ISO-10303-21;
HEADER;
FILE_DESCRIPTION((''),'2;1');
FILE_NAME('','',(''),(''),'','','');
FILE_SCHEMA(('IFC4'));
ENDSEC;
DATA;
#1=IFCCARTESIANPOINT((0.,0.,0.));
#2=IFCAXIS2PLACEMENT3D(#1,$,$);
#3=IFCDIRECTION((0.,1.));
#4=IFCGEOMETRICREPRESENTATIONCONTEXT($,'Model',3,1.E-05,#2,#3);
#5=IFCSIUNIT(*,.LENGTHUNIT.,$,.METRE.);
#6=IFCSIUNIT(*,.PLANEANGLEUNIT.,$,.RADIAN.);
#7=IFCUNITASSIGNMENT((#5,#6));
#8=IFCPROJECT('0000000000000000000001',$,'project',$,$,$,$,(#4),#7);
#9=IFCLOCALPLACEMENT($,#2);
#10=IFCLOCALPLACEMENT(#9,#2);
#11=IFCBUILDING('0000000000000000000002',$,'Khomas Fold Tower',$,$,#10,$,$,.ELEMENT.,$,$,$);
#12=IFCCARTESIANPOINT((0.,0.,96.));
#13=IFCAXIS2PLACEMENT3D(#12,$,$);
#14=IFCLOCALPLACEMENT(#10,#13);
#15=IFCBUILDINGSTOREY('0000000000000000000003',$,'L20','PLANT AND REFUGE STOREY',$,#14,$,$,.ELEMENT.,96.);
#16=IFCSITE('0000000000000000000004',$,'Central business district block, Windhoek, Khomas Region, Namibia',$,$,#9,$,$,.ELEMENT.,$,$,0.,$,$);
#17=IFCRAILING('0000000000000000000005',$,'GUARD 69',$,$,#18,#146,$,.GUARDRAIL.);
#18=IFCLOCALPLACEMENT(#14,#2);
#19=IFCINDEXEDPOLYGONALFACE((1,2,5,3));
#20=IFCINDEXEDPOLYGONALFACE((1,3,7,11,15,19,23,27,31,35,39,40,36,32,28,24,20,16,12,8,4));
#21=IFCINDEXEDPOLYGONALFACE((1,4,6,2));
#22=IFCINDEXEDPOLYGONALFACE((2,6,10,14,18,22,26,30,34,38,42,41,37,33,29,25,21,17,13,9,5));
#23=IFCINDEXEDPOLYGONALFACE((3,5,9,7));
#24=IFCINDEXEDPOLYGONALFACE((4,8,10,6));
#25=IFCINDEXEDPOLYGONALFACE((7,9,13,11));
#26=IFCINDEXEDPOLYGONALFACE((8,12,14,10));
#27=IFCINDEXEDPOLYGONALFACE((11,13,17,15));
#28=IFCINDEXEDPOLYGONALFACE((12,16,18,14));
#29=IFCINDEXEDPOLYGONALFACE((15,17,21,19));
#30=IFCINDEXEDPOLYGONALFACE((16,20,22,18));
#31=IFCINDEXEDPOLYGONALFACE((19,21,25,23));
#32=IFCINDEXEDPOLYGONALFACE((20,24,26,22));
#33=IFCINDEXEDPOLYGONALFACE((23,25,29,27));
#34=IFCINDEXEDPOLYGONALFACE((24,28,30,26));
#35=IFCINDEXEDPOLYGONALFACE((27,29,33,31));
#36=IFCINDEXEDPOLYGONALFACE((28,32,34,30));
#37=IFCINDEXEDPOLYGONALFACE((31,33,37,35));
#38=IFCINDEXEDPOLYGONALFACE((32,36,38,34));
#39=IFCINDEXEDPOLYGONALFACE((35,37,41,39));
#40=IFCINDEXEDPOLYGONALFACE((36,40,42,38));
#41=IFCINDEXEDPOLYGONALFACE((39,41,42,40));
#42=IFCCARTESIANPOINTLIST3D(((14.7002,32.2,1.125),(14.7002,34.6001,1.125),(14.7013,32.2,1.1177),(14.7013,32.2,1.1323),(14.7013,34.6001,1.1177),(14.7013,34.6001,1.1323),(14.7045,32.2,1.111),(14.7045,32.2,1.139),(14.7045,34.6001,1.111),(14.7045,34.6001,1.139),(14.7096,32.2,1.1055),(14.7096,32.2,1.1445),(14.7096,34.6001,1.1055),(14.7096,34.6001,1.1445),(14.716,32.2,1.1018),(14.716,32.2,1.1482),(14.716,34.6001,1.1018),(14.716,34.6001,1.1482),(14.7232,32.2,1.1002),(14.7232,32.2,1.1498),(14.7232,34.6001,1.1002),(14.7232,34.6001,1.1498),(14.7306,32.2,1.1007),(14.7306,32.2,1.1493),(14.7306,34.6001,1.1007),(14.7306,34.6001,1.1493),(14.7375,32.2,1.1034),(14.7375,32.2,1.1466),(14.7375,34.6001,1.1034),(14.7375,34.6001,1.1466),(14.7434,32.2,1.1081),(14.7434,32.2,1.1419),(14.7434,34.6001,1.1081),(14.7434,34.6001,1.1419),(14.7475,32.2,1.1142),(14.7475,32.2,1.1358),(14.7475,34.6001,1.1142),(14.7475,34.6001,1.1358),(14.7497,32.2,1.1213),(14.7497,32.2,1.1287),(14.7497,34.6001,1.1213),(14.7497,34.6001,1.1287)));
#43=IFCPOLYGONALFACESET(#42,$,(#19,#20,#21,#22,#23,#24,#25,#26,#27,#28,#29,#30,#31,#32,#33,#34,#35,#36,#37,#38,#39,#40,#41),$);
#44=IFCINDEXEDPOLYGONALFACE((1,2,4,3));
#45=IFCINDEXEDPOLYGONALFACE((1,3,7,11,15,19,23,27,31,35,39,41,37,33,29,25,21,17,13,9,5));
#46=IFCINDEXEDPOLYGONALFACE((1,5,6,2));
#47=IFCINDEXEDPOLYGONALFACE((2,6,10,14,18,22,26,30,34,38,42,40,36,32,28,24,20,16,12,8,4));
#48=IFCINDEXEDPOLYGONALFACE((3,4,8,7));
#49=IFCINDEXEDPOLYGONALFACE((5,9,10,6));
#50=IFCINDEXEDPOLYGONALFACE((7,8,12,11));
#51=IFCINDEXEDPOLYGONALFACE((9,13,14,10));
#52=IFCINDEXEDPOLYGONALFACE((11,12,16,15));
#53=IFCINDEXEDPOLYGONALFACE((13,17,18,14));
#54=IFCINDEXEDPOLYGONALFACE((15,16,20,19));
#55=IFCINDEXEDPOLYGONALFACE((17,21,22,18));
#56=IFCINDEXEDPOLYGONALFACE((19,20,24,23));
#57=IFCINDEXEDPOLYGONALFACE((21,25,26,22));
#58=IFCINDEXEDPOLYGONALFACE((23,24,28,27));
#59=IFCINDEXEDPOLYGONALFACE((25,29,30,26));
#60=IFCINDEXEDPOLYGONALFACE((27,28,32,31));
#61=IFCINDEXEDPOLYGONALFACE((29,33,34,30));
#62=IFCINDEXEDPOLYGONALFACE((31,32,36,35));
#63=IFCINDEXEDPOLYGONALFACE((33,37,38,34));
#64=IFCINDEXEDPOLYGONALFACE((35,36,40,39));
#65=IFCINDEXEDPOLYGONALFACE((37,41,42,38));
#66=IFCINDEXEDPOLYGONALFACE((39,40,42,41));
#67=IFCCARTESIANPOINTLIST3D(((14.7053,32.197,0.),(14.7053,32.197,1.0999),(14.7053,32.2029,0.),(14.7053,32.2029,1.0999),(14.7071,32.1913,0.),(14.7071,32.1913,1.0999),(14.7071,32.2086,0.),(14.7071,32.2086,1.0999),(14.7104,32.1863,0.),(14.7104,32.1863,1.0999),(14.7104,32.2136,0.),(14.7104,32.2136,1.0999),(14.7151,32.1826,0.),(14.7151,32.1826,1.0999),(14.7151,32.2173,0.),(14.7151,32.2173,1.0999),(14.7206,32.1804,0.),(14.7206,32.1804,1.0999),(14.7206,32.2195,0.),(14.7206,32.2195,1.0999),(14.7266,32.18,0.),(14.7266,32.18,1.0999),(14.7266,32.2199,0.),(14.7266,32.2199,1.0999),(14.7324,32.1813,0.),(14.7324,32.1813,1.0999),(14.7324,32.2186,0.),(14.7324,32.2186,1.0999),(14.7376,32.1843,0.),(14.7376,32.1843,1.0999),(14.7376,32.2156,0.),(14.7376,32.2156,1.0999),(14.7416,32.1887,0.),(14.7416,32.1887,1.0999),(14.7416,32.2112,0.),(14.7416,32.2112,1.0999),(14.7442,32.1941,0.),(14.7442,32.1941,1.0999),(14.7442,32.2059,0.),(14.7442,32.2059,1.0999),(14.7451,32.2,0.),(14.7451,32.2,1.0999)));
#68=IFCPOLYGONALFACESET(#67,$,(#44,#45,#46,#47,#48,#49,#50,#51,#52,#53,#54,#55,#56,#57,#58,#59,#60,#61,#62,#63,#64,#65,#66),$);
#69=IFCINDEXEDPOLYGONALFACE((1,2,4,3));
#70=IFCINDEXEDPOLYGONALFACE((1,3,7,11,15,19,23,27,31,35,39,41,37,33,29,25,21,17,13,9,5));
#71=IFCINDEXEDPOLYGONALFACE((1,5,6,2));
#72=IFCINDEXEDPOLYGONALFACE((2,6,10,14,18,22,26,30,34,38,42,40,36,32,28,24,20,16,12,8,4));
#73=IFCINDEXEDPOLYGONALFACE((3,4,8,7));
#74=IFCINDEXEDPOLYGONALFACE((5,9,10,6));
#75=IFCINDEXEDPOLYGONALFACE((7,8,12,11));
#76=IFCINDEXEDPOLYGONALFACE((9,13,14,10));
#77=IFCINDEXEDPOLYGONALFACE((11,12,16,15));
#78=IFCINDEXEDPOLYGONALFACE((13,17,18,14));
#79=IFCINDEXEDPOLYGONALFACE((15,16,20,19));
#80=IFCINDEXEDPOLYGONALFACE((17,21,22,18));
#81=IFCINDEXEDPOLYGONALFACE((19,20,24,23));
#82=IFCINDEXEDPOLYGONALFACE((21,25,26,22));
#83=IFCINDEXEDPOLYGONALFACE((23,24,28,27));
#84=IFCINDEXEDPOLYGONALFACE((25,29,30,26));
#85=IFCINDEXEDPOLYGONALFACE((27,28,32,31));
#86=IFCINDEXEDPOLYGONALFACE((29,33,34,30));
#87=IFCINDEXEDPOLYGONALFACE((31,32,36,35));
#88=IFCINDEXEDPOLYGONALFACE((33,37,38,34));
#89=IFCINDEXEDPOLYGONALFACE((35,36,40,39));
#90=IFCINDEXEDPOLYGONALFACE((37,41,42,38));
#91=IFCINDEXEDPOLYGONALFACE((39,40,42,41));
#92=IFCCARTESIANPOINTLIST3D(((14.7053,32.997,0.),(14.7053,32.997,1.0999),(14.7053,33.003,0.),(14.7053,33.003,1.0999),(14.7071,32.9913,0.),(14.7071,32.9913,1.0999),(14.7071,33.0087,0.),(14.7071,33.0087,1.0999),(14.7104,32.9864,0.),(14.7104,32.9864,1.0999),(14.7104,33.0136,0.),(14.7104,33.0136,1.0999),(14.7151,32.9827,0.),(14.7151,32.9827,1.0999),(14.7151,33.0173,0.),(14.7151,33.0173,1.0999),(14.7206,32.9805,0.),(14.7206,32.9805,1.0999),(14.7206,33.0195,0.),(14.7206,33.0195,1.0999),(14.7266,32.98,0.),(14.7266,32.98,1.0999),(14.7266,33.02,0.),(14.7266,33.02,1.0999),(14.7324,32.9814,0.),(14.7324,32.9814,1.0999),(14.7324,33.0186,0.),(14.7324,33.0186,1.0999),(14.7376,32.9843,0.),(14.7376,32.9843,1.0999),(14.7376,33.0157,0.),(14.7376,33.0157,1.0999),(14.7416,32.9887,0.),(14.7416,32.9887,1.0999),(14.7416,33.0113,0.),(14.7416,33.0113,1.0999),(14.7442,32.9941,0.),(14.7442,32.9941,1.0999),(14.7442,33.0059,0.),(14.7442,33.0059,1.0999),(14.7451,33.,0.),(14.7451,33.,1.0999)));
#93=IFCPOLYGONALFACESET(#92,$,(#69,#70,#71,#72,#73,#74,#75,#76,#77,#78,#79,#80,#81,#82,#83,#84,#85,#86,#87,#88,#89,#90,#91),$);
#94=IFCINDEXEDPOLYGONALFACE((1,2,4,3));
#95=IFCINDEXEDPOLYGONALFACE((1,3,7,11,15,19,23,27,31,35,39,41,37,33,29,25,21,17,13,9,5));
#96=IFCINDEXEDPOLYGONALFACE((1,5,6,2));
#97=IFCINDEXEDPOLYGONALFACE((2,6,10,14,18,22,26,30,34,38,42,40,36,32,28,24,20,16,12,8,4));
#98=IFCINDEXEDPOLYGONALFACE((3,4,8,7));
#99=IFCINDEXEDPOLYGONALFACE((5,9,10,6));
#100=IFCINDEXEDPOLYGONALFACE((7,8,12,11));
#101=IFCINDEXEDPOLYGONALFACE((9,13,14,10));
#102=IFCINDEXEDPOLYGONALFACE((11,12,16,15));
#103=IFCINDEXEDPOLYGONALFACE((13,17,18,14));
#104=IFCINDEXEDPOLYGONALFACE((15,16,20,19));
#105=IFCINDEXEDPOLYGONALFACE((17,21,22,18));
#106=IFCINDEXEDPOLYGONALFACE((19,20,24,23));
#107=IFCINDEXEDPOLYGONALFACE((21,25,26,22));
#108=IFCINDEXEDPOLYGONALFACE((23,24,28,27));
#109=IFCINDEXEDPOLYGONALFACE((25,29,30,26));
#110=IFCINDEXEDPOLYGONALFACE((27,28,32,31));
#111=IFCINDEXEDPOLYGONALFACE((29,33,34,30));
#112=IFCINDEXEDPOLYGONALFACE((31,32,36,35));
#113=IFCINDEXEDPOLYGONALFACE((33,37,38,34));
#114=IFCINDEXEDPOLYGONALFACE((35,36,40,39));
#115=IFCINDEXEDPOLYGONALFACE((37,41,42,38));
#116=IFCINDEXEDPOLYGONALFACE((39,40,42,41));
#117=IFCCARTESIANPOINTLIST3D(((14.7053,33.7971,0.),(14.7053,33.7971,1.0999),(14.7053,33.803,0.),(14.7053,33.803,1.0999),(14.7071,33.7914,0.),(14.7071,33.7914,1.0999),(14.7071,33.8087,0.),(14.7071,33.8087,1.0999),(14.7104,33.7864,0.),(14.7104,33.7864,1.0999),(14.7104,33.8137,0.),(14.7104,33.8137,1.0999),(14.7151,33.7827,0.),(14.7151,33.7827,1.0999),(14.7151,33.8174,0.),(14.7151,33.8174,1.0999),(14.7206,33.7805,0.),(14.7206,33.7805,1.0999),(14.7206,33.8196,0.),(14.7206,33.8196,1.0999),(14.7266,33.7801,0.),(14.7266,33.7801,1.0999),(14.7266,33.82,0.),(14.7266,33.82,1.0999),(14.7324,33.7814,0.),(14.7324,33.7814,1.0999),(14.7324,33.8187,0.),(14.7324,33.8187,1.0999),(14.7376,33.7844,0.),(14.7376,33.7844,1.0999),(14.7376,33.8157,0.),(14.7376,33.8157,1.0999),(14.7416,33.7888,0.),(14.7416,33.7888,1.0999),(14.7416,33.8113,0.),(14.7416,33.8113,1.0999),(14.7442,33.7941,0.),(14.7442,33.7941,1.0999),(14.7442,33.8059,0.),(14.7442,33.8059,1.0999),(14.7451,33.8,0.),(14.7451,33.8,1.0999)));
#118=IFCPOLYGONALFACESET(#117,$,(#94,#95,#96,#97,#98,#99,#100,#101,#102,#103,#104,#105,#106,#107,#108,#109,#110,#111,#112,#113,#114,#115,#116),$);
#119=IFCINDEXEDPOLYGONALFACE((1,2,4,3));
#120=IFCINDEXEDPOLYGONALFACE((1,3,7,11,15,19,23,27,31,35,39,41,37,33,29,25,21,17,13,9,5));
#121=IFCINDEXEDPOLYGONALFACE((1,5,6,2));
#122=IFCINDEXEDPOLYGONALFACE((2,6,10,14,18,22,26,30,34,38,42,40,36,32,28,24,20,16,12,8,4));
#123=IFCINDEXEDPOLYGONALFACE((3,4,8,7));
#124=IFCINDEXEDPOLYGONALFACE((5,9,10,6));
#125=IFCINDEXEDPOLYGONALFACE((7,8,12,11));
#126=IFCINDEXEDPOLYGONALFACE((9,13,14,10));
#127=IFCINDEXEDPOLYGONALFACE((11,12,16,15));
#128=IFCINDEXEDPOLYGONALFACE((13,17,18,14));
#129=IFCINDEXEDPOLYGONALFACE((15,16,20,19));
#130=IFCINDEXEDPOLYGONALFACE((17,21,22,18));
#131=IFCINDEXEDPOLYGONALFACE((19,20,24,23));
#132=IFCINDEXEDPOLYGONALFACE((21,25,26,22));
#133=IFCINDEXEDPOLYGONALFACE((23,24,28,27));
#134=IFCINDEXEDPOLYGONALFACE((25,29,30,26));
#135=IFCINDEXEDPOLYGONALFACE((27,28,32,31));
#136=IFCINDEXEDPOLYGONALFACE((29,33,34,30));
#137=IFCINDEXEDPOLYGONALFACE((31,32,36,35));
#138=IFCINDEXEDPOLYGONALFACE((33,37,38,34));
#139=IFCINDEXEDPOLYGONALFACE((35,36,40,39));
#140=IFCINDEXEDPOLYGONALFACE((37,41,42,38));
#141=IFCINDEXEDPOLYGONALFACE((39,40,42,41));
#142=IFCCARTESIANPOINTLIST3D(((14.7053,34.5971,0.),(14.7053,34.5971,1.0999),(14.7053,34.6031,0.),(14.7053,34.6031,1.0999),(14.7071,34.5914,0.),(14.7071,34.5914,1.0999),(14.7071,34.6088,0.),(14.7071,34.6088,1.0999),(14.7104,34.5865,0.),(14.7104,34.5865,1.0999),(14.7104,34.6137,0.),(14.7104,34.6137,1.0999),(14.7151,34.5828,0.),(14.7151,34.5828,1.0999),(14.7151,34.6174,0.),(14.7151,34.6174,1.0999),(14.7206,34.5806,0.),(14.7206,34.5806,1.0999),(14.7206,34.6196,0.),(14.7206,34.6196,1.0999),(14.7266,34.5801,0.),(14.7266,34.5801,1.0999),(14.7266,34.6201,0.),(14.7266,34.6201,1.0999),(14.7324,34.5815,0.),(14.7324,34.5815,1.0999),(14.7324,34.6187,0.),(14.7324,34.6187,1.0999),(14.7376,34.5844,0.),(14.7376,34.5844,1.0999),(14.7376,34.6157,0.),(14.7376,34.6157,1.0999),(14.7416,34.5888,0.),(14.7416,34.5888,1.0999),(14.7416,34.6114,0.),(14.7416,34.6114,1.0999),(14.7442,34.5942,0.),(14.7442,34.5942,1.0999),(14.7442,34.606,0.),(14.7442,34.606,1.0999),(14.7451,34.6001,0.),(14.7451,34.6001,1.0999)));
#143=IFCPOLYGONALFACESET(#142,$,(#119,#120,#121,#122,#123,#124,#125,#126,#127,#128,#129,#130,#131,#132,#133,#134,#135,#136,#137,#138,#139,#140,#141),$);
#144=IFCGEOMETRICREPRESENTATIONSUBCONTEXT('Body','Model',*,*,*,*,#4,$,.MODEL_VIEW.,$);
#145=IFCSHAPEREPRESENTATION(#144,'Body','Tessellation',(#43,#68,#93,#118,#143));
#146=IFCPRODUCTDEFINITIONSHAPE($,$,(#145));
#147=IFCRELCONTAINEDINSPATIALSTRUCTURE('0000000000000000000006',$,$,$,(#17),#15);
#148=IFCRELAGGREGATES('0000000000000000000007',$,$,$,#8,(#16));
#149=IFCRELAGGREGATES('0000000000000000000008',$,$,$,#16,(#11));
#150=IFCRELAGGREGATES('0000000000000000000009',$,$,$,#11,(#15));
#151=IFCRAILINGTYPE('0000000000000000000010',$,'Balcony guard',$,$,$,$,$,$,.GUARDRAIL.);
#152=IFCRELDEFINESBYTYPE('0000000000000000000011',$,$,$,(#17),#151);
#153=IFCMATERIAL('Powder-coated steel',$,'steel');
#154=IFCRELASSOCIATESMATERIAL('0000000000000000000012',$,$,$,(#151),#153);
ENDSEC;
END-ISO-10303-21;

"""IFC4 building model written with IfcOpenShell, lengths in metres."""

from ifc_helpers import new_model, si_unit, direction, frame, origin, origin_2d, place, context, subcontext, project, spatial, circle, extrude, source, transform, mapped, material, type_object, element, save


model = new_model("IFC4")

# Units and contexts
model_context = context("Model", 3, precision=1e-05, world=origin(), true_north=direction((0.0, 1.0)))
body_context = subcontext(model_context, "Body", "Model", "MODEL_VIEW")
ifc_project = project(units=[si_unit("LENGTHUNIT", "METRE"), si_unit("PLANEANGLEUNIT", "RADIAN")], contexts=[model_context])

# Site, building, storey
site_placement = place(None, origin())
site = spatial("IfcSite", under=ifc_project, at=site_placement, Name="Central business district block, Windhoek, Khomas Region, Namibia", CompositionType="ELEMENT", RefElevation=0.0)
building_placement = place(site_placement, origin())
building = spatial("IfcBuilding", under=site, at=building_placement, Name="Khomas Fold Tower", CompositionType="ELEMENT")
storey_placement = place(building_placement, frame((0.0, 0.0, 96.0)))
storey = spatial("IfcBuildingStorey", under=building, at=storey_placement, Name="L20", Description="PLANT AND REFUGE STOREY", CompositionType="ELEMENT", Elevation=96.0)

# Railing
ifc_material_1 = material(Name="Powder-coated steel", Category="steel")
railing_type_1 = type_object("IfcRailingType", Name="Balcony guard", PredefinedType="GUARDRAIL", material=ifc_material_1)
shared_shape_1 = source(origin(), body_context, "Body", "SweptSolid", [
    extrude(circle(Radius=0.0249, at=origin_2d()), frame((0.0, 0.0, 1.125), z_axis=(0.0, 1.0, 0.0), x_axis=(-1.0, 0.0, 0.0)), (0.0, 0.0, 1.0), 2.4001),
    extrude(circle(Radius=0.02, at=origin_2d()), origin(), (0.0, 0.0, 1.0), 1.0999),
    extrude(circle(Radius=0.02, at=origin_2d()), frame((0.0, 0.8, 0.0)), (0.0, 0.0, 1.0), 1.0999),
    extrude(circle(Radius=0.02, at=origin_2d()), frame((0.0, 1.6001, 0.0)), (0.0, 0.0, 1.0), 1.0999),
    extrude(circle(Radius=0.02, at=origin_2d()), frame((0.0, 2.4001, 0.0)), (0.0, 0.0, 1.0), 1.0999),
])
for number, where, name in (
    (1, (14.7251, 32.2, 0.0), "GUARD 69"),
):
    element("IfcRailing", number, at=place(storey_placement, frame(where)), inside=storey, type_object=railing_type_1, Name=name, PredefinedType="GUARDRAIL", context=body_context, shape_type="MappedRepresentation", body=[
        mapped(shared_shape_1, transform((0.0, 0.0, 0.0))),
    ])

save(model, "model.ifc")
